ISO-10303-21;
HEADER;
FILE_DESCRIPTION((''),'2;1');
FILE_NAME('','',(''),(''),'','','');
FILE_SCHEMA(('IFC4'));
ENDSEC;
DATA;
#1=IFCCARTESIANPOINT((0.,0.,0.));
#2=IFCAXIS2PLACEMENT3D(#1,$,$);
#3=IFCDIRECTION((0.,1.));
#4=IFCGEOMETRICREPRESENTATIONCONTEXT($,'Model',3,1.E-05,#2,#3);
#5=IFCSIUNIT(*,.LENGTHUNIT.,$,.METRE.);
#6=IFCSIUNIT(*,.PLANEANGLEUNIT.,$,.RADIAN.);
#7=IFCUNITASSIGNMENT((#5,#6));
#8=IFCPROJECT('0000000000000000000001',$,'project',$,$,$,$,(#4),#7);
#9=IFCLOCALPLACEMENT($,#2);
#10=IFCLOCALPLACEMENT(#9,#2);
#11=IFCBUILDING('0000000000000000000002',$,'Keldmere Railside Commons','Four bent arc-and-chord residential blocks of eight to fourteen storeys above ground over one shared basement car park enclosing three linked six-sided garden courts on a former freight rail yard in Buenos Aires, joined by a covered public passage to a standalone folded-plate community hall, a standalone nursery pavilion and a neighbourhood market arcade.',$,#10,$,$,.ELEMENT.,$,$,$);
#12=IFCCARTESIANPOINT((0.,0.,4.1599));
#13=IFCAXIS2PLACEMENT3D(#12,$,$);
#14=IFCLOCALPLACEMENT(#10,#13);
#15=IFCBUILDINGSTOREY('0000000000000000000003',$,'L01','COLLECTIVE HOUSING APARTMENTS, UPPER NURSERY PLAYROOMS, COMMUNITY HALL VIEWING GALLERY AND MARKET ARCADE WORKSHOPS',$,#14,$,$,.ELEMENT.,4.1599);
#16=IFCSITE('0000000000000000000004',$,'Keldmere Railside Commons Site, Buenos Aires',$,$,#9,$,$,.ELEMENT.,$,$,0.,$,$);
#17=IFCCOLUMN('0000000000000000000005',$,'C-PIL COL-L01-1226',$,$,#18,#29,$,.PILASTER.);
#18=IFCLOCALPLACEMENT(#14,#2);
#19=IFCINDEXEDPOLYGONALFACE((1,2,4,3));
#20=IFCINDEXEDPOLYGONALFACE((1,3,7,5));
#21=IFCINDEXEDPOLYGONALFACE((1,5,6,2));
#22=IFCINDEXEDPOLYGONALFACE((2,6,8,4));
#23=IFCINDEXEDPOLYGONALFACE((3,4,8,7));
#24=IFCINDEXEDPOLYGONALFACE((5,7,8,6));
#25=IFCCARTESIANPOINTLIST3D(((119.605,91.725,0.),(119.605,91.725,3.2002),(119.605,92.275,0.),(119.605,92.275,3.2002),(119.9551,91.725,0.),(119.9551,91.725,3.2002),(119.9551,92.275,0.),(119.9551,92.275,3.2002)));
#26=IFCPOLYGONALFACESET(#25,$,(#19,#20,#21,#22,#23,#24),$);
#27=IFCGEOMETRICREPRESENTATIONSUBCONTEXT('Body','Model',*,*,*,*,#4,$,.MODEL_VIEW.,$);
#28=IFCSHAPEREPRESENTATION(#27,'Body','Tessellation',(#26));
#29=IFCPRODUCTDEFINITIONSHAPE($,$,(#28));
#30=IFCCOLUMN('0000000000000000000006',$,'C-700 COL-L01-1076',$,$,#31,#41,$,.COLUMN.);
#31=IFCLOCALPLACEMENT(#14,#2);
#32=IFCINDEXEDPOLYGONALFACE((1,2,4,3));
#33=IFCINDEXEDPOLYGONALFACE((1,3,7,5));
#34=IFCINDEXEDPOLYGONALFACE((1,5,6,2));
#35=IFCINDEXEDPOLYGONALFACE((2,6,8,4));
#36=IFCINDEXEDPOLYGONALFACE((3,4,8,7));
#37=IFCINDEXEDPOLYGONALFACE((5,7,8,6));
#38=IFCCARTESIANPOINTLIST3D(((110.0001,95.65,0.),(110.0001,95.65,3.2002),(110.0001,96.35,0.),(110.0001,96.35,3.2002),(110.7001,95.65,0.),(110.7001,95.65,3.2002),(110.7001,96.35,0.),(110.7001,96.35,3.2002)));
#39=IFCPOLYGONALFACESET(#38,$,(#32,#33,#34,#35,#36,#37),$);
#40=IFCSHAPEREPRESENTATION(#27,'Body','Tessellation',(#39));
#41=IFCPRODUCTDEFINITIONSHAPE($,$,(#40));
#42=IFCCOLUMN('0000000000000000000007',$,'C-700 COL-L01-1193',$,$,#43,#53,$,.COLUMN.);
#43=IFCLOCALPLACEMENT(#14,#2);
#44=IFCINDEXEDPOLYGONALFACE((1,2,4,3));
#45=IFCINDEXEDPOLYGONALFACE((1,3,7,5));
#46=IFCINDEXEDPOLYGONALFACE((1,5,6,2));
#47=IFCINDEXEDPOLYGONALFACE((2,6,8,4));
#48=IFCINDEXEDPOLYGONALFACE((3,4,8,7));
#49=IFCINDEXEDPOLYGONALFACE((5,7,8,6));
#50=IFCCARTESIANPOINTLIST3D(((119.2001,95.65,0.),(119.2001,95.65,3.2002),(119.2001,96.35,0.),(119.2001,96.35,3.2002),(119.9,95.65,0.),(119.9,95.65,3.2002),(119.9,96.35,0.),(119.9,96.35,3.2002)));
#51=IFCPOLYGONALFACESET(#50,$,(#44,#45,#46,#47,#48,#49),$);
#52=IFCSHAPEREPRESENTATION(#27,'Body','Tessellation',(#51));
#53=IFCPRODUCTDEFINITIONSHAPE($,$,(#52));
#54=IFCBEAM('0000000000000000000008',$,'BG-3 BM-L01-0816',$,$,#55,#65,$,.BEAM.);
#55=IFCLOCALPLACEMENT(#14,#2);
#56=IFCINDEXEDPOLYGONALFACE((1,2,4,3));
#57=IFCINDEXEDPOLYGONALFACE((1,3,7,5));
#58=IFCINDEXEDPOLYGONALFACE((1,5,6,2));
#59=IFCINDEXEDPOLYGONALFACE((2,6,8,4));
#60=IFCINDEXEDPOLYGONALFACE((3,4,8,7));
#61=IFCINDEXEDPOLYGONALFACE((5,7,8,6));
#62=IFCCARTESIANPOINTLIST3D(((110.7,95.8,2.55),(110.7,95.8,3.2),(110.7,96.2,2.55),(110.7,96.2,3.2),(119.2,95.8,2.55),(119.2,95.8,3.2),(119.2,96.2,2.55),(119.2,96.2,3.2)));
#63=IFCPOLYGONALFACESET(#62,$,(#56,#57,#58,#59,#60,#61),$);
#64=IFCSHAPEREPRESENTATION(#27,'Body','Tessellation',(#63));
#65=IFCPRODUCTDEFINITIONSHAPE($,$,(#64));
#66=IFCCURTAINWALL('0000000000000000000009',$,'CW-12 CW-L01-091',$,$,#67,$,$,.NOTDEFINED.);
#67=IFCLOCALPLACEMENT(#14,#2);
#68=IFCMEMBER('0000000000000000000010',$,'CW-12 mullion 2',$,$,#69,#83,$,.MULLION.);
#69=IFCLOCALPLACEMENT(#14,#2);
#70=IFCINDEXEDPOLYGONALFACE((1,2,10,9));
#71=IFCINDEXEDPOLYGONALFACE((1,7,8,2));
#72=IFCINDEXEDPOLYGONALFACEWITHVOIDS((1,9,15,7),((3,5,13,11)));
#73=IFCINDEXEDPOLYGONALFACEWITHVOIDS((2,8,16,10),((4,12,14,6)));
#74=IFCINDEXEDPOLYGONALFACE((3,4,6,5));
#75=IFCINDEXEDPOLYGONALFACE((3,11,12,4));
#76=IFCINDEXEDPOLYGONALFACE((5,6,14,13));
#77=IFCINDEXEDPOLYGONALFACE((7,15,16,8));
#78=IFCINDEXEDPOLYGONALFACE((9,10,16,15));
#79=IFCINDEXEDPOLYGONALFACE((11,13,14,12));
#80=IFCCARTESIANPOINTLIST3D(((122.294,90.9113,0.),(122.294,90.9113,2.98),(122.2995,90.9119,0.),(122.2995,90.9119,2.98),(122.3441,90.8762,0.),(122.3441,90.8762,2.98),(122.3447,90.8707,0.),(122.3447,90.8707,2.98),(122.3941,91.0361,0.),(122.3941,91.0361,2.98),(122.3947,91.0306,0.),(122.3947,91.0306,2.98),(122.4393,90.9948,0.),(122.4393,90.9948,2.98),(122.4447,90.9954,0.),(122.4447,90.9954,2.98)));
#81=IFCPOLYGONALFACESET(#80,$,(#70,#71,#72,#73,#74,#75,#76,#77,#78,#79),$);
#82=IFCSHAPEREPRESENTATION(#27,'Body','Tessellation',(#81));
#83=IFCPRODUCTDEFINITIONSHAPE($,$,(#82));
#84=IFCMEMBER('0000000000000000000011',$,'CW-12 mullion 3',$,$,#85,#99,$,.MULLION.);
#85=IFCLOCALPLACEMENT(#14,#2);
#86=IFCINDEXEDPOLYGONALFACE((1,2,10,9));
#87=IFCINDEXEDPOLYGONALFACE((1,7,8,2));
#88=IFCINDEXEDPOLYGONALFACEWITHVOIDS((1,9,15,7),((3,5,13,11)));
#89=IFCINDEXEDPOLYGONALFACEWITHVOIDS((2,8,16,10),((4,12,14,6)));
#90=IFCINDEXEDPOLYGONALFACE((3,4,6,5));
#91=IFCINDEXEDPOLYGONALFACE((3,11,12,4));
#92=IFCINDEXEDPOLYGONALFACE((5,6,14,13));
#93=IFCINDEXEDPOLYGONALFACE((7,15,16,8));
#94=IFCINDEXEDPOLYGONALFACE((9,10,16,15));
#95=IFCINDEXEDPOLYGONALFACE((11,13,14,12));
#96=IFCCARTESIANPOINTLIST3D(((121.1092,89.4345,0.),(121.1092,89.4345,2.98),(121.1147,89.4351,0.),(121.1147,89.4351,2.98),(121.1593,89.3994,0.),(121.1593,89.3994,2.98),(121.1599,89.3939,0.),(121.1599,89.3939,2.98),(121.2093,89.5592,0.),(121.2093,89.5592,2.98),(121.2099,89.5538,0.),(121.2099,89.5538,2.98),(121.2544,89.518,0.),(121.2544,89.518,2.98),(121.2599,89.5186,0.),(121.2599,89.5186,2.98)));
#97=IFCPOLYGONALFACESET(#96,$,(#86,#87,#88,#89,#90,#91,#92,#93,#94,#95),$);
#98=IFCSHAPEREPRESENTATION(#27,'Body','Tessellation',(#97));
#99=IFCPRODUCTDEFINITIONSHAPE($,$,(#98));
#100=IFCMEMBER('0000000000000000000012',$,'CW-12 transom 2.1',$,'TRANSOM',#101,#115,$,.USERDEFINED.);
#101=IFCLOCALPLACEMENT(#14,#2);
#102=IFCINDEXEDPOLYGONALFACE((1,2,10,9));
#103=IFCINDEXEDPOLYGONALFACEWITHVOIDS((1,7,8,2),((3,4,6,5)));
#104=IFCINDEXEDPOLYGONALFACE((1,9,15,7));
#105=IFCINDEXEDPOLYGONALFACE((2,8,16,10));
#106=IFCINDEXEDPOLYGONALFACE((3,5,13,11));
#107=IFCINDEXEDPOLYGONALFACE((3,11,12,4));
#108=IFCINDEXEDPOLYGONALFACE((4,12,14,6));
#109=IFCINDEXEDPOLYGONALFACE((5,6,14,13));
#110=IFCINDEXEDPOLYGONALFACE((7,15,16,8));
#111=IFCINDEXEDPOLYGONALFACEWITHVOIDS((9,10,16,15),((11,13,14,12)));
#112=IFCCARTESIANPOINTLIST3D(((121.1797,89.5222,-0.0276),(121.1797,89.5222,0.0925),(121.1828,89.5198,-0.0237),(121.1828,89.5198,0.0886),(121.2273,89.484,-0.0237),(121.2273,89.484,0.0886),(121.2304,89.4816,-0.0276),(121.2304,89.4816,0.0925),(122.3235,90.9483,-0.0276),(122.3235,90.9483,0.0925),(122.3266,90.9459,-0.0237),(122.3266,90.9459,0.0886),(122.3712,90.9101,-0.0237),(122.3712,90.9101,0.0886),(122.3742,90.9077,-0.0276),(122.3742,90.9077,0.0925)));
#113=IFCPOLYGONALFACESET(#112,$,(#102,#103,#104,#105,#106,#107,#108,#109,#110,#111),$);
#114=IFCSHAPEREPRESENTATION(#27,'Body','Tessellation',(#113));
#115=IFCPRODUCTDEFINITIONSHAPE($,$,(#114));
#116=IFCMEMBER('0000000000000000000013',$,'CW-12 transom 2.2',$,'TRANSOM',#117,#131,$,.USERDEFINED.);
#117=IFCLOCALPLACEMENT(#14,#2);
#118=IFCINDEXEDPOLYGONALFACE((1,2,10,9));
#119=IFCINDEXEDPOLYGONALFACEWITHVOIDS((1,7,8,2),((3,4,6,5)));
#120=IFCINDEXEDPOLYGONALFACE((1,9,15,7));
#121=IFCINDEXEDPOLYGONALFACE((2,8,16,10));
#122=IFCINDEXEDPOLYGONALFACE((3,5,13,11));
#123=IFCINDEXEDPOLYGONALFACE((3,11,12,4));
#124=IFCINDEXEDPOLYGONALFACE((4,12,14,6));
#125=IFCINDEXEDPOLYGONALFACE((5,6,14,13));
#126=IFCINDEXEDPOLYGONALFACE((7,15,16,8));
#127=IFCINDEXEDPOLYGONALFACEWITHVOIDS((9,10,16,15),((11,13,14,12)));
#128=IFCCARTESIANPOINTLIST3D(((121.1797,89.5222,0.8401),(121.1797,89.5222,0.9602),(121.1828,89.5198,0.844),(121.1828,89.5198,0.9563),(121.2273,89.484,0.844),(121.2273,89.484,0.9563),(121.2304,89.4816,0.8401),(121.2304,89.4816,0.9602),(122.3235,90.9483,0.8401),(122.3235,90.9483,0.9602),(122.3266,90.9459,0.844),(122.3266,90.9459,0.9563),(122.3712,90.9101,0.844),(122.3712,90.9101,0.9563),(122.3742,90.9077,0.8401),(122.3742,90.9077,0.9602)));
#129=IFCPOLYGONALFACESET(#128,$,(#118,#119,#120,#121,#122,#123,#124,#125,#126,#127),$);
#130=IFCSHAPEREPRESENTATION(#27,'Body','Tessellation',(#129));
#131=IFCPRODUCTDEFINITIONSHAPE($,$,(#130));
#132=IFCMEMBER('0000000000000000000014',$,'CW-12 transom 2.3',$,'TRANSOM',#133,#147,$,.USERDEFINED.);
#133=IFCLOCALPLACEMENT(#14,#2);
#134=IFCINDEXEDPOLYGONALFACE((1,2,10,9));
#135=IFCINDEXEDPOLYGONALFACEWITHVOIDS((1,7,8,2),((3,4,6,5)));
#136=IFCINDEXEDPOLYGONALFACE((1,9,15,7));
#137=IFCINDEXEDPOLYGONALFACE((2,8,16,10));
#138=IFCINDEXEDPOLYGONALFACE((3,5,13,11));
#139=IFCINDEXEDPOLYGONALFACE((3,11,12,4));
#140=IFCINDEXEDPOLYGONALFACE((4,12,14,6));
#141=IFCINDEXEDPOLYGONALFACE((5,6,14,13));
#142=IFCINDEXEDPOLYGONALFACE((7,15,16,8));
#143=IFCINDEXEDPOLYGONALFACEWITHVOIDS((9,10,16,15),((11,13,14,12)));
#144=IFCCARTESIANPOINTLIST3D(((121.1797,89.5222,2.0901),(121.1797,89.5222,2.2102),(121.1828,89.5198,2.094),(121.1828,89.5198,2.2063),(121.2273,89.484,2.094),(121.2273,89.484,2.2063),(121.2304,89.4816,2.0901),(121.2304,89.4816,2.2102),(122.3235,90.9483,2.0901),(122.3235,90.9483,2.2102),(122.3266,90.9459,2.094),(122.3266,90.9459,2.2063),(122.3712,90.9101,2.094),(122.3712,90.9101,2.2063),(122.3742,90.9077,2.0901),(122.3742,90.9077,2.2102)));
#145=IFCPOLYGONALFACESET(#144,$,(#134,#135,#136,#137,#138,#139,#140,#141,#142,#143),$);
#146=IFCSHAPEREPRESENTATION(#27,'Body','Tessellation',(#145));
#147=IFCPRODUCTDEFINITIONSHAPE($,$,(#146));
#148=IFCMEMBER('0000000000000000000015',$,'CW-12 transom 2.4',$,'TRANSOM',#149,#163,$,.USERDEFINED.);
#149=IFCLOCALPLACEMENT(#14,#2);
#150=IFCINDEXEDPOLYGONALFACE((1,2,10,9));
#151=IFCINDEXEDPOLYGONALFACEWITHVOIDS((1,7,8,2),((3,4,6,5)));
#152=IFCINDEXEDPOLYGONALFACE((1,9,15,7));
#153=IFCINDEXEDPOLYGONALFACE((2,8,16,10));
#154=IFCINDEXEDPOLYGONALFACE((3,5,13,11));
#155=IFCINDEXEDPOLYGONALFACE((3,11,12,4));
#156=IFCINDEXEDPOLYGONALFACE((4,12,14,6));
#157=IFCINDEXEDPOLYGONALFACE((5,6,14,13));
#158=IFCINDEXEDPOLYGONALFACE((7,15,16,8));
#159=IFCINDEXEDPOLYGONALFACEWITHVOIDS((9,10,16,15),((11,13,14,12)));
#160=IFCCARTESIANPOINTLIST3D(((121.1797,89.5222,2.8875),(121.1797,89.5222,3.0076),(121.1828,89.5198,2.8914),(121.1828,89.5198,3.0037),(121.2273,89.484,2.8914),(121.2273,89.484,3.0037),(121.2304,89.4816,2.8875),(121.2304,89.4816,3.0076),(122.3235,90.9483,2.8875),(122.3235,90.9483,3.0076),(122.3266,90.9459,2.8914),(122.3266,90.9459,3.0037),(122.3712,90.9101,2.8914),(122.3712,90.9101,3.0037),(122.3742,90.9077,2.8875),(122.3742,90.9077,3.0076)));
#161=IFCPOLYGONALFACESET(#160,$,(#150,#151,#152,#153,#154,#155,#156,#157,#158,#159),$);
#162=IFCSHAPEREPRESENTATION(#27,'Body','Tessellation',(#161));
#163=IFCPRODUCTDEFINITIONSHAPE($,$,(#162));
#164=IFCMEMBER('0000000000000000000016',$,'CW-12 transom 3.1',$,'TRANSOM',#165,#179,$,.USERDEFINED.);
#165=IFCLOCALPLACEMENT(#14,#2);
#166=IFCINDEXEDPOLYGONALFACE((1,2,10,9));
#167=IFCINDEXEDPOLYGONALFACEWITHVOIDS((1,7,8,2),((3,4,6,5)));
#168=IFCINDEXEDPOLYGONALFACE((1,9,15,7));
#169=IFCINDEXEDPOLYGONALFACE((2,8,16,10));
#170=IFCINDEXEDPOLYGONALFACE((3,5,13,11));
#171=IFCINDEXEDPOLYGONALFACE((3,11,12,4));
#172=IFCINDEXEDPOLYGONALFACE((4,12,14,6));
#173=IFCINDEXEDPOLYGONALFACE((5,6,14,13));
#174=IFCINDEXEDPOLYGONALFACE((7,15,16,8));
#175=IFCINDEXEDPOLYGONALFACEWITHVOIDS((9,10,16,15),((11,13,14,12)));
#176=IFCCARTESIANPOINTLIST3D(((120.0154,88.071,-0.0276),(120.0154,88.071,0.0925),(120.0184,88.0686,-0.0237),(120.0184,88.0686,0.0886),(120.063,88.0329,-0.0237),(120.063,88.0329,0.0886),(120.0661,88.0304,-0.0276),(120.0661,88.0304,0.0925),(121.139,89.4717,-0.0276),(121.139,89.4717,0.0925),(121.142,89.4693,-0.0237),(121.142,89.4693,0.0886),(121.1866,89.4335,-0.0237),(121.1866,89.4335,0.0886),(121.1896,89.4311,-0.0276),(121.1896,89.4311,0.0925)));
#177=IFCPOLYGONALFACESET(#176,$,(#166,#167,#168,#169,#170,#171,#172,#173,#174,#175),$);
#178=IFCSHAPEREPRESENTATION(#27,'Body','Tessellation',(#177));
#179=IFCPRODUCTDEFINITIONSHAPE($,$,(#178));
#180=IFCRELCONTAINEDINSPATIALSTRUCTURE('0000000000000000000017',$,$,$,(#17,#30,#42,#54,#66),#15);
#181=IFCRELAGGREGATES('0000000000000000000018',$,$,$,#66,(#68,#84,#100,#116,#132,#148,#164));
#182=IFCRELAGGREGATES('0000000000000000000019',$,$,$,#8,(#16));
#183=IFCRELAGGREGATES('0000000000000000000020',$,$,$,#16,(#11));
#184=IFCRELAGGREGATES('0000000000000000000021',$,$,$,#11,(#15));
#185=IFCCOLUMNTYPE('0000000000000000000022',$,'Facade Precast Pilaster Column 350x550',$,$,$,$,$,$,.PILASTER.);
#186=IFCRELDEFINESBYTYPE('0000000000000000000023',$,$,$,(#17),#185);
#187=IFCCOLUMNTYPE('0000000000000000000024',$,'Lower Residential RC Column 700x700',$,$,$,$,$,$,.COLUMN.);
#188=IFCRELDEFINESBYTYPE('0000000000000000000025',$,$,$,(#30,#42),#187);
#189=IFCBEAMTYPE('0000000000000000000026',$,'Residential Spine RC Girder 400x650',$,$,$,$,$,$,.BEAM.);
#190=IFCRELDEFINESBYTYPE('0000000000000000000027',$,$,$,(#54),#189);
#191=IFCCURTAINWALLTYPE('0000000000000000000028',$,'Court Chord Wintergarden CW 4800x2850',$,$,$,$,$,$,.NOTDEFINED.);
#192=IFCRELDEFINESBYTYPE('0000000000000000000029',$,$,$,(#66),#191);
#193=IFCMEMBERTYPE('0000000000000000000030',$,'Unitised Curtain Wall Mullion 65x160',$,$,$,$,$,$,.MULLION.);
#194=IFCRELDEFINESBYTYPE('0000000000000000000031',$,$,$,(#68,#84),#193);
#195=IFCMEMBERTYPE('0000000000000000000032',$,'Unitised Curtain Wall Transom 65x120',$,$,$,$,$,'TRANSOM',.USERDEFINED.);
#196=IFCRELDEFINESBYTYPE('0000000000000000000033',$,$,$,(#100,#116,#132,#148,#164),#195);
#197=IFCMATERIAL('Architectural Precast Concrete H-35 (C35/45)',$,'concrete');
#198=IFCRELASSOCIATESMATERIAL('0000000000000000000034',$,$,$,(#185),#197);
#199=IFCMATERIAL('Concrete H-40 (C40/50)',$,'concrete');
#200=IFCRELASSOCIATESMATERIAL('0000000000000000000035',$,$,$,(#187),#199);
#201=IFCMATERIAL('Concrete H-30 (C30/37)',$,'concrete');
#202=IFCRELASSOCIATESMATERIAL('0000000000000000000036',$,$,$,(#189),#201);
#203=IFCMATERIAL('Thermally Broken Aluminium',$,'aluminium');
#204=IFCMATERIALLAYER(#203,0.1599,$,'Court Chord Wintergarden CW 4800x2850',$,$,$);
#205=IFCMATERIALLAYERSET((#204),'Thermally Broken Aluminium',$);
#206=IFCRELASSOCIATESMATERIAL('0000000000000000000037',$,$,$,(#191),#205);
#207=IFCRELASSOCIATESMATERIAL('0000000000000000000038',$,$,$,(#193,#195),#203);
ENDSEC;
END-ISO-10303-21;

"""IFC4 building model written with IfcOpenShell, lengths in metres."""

from ifc_helpers import new_model, si_unit, direction, frame, origin, origin_2d, place, context, subcontext, project, spatial, rectangle, hollow_rectangle, extrude, material, layer, layer_set, material_profile, profile_set, type_object, element, aggregate, save


model = new_model("IFC4")

# Units and contexts
model_context = context("Model", 3, precision=1e-05, world=origin(), true_north=direction((0.0, 1.0)))
body_context = subcontext(model_context, "Body", "Model", "MODEL_VIEW")
ifc_project = project(units=[si_unit("LENGTHUNIT", "METRE"), si_unit("PLANEANGLEUNIT", "RADIAN")], contexts=[model_context])

# Site, building, storey
site_placement = place(None, origin())
site = spatial("IfcSite", under=ifc_project, at=site_placement, Name="Keldmere Railside Commons Site, Buenos Aires", CompositionType="ELEMENT", RefElevation=0.0)
building_placement = place(site_placement, origin())
building = spatial("IfcBuilding", under=site, at=building_placement, Name="Keldmere Railside Commons", Description="Four bent arc-and-chord residential blocks of eight to fourteen storeys above ground over one shared basement car park enclosing three linked six-sided garden courts on a former freight rail yard in Buenos Aires, joined by a covered public passage to a standalone folded-plate community hall, a standalone nursery pavilion and a neighbourhood market arcade.", CompositionType="ELEMENT")
storey_placement = place(building_placement, frame((0.0, 0.0, 4.1599)))
storey = spatial("IfcBuildingStorey", under=building, at=storey_placement, Name="L01", Description="COLLECTIVE HOUSING APARTMENTS, UPPER NURSERY PLAYROOMS, COMMUNITY HALL VIEWING GALLERY AND MARKET ARCADE WORKSHOPS", CompositionType="ELEMENT", Elevation=4.1599)

# Columns
ifc_material_1 = material(Name="Architectural Precast Concrete H-35 (C35/45)", Category="concrete")
ifc_material_profile_1 = material_profile(ifc_material_1, rectangle(XDim=0.3501, YDim=0.55, at=origin_2d()), Name="RC-350x550")
ifc_profile_set_1 = profile_set([ifc_material_profile_1], Name="Architectural Precast Concrete H-35 (C35/45)")
column_type_1 = type_object("IfcColumnType", Name="Facade Precast Pilaster Column 350x550", PredefinedType="PILASTER", material=ifc_profile_set_1)
column_placement = place(storey_placement, frame((119.78, 92.0, 0.0), z_axis=(0.0, 0.0, 1.0), x_axis=(1.0, 0.0, 0.0)))
element("IfcColumn", 1, at=column_placement, inside=storey, type_object=column_type_1, Name="C-PIL COL-L01-1226", PredefinedType="PILASTER", context=body_context, shape_type="SweptSolid", body=[
    extrude(rectangle(XDim=0.3501, YDim=0.55, at=origin_2d()), origin(), (0.0, 0.0, 1.0), 3.2002),
])
ifc_material_2 = material(Name="Concrete H-40 (C40/50)", Category="concrete")
ifc_material_profile_2 = material_profile(ifc_material_2, rectangle(XDim=0.7, YDim=0.7, at=origin_2d()), Name="RC-700x700")
ifc_profile_set_2 = profile_set([ifc_material_profile_2], Name="Concrete H-40 (C40/50)")
column_type_2 = type_object("IfcColumnType", Name="Lower Residential RC Column 700x700", PredefinedType="COLUMN", material=ifc_profile_set_2)
for number, where, z_axis, x_axis, name in (
    (2, (110.3501, 96.0, 0.0), (0.0, 0.0, 1.0), (1.0, 0.0, 0.0), "C-700 COL-L01-1076"),
    (3, (119.55, 96.0, 0.0), (0.0, 0.0, 1.0), (1.0, 0.0, 0.0), "C-700 COL-L01-1193"),
):
    element("IfcColumn", number, at=place(storey_placement, frame(where, z_axis=z_axis, x_axis=x_axis)), inside=storey, type_object=column_type_2, Name=name, PredefinedType="COLUMN", context=body_context, shape_type="SweptSolid", body=[
        extrude(rectangle(XDim=0.7, YDim=0.7, at=origin_2d()), origin(), (0.0, 0.0, 1.0), 3.2002),
    ])

# Beam
ifc_material_3 = material(Name="Concrete H-30 (C30/37)", Category="concrete")
ifc_material_profile_3 = material_profile(ifc_material_3, rectangle(XDim=0.3999, YDim=0.6499, at=origin_2d()), Name="RC-400x650")
ifc_profile_set_3 = profile_set([ifc_material_profile_3], Name="Concrete H-30 (C30/37)")
beam_type = type_object("IfcBeamType", Name="Residential Spine RC Girder 400x650", PredefinedType="BEAM", material=ifc_profile_set_3)
beam_placement = place(storey_placement, frame((110.7, 96.0, 2.875), z_axis=(1.0, 0.0, 0.0), x_axis=(0.0, 1.0, 0.0)))
element("IfcBeam", 4, at=beam_placement, inside=storey, type_object=beam_type, Name="BG-3 BM-L01-0816", PredefinedType="BEAM", context=body_context, shape_type="SweptSolid", body=[
    extrude(rectangle(XDim=0.3999, YDim=0.6499, at=origin_2d()), origin(), (0.0, 0.0, 1.0), 8.5),
])

# Curtain wall, members
ifc_material_4 = material(Name="Thermally Broken Aluminium", Category="aluminium")
ifc_layer_1 = layer(ifc_material_4, 0.1599, Name="Court Chord Wintergarden CW 4800x2850")
ifc_layer_set_1 = layer_set([ifc_layer_1], Name="Thermally Broken Aluminium")
curtain_wall_type = type_object("IfcCurtainWallType", Name="Court Chord Wintergarden CW 4800x2850", PredefinedType="NOTDEFINED", material=ifc_layer_set_1)
curtain_wall_placement = place(storey_placement, origin())
curtain_wall = element("IfcCurtainWall", 5, at=curtain_wall_placement, inside=storey, type_object=curtain_wall_type, Name="CW-12 CW-L01-091", PredefinedType="NOTDEFINED")
ifc_material_profile_4 = material_profile(ifc_material_4, hollow_rectangle(XDim=0.0649, YDim=0.1599, WallThickness=0.0039, at=origin_2d()), Name="ALU-MULL-65x160")
ifc_profile_set_4 = profile_set([ifc_material_profile_4], Name="Thermally Broken Aluminium")
member_type_1 = type_object("IfcMemberType", Name="Unitised Curtain Wall Mullion 65x160", PredefinedType="MULLION", material=ifc_profile_set_4)
member_1_placement = place(storey_placement, frame((122.3694, 90.9534, 0.0), z_axis=(0.0, 0.0, 1.0), x_axis=(0.780009, -0.625768, 0.0)))
member_1 = element("IfcMember", 6, at=member_1_placement, type_object=member_type_1, Name="CW-12 mullion 2", PredefinedType="MULLION", context=body_context, shape_type="SweptSolid", body=[
    extrude(hollow_rectangle(XDim=0.0649, YDim=0.1599, WallThickness=0.0039, at=origin_2d()), origin(), (0.0, 0.0, 1.0), 2.98),
])
member_2_placement = place(storey_placement, frame((121.1846, 89.4766, 0.0), z_axis=(0.0, 0.0, 1.0), x_axis=(0.780009, -0.625768, 0.0)))
member_2 = element("IfcMember", 7, at=member_2_placement, type_object=member_type_1, Name="CW-12 mullion 3", PredefinedType="MULLION", context=body_context, shape_type="SweptSolid", body=[
    extrude(hollow_rectangle(XDim=0.0649, YDim=0.1599, WallThickness=0.0039, at=origin_2d()), origin(), (0.0, 0.0, 1.0), 2.98),
])
ifc_material_profile_5 = material_profile(ifc_material_4, hollow_rectangle(XDim=0.0649, YDim=0.1201, WallThickness=0.0039, at=origin_2d()), Name="ALU-TRAN-65x120")
ifc_profile_set_5 = profile_set([ifc_material_profile_5], Name="Thermally Broken Aluminium")
member_type_2 = type_object("IfcMemberType", Name="Unitised Curtain Wall Transom 65x120", ElementType="TRANSOM", PredefinedType="USERDEFINED", material=ifc_profile_set_5)
member_3_placement = place(storey_placement, frame((122.3489, 90.928, 0.0325), z_axis=(-0.625688, -0.780073, 0.0), x_axis=(0.780073, -0.625688, 0.0)))
member_3 = element("IfcMember", 8, at=member_3_placement, type_object=member_type_2, Name="CW-12 transom 2.1", ObjectType="TRANSOM", PredefinedType="USERDEFINED", context=body_context, shape_type="SweptSolid", body=[
    extrude(hollow_rectangle(XDim=0.0649, YDim=0.1201, WallThickness=0.0039, at=origin_2d()), origin(), (0.0, 0.0, 1.0), 1.8281),
])
member_4_placement = place(storey_placement, frame((122.3489, 90.928, 0.9001), z_axis=(-0.625688, -0.780073, 0.0), x_axis=(0.780073, -0.625688, 0.0)))
member_4 = element("IfcMember", 9, at=member_4_placement, type_object=member_type_2, Name="CW-12 transom 2.2", ObjectType="TRANSOM", PredefinedType="USERDEFINED", context=body_context, shape_type="SweptSolid", body=[
    extrude(hollow_rectangle(XDim=0.0649, YDim=0.1201, WallThickness=0.0039, at=origin_2d()), origin(), (0.0, 0.0, 1.0), 1.8281),
])
member_5_placement = place(storey_placement, frame((122.3489, 90.928, 2.1501), z_axis=(-0.625688, -0.780073, 0.0), x_axis=(0.780073, -0.625688, 0.0)))
member_5 = element("IfcMember", 10, at=member_5_placement, type_object=member_type_2, Name="CW-12 transom 2.3", ObjectType="TRANSOM", PredefinedType="USERDEFINED", context=body_context, shape_type="SweptSolid", body=[
    extrude(hollow_rectangle(XDim=0.0649, YDim=0.1201, WallThickness=0.0039, at=origin_2d()), origin(), (0.0, 0.0, 1.0), 1.8281),
])
member_6_placement = place(storey_placement, frame((122.3489, 90.928, 2.9475), z_axis=(-0.625688, -0.780073, 0.0), x_axis=(0.780073, -0.625688, 0.0)))
member_6 = element("IfcMember", 11, at=member_6_placement, type_object=member_type_2, Name="CW-12 transom 2.4", ObjectType="TRANSOM", PredefinedType="USERDEFINED", context=body_context, shape_type="SweptSolid", body=[
    extrude(hollow_rectangle(XDim=0.0649, YDim=0.1201, WallThickness=0.0039, at=origin_2d()), origin(), (0.0, 0.0, 1.0), 1.8281),
])
member_7_placement = place(storey_placement, frame((121.1643, 89.4514, 0.0325), z_axis=(-0.625723, -0.780046, 0.0), x_axis=(0.780046, -0.625723, 0.0)))
member_7 = element("IfcMember", 12, at=member_7_placement, type_object=member_type_2, Name="CW-12 transom 3.1", ObjectType="TRANSOM", PredefinedType="USERDEFINED", context=body_context, shape_type="SweptSolid", body=[
    extrude(hollow_rectangle(XDim=0.0649, YDim=0.1201, WallThickness=0.0039, at=origin_2d()), origin(), (0.0, 0.0, 1.0), 1.7957),
])
aggregate(curtain_wall, [member_1, member_2, member_3, member_4, member_5, member_6, member_7])

save(model, "model.ifc")
